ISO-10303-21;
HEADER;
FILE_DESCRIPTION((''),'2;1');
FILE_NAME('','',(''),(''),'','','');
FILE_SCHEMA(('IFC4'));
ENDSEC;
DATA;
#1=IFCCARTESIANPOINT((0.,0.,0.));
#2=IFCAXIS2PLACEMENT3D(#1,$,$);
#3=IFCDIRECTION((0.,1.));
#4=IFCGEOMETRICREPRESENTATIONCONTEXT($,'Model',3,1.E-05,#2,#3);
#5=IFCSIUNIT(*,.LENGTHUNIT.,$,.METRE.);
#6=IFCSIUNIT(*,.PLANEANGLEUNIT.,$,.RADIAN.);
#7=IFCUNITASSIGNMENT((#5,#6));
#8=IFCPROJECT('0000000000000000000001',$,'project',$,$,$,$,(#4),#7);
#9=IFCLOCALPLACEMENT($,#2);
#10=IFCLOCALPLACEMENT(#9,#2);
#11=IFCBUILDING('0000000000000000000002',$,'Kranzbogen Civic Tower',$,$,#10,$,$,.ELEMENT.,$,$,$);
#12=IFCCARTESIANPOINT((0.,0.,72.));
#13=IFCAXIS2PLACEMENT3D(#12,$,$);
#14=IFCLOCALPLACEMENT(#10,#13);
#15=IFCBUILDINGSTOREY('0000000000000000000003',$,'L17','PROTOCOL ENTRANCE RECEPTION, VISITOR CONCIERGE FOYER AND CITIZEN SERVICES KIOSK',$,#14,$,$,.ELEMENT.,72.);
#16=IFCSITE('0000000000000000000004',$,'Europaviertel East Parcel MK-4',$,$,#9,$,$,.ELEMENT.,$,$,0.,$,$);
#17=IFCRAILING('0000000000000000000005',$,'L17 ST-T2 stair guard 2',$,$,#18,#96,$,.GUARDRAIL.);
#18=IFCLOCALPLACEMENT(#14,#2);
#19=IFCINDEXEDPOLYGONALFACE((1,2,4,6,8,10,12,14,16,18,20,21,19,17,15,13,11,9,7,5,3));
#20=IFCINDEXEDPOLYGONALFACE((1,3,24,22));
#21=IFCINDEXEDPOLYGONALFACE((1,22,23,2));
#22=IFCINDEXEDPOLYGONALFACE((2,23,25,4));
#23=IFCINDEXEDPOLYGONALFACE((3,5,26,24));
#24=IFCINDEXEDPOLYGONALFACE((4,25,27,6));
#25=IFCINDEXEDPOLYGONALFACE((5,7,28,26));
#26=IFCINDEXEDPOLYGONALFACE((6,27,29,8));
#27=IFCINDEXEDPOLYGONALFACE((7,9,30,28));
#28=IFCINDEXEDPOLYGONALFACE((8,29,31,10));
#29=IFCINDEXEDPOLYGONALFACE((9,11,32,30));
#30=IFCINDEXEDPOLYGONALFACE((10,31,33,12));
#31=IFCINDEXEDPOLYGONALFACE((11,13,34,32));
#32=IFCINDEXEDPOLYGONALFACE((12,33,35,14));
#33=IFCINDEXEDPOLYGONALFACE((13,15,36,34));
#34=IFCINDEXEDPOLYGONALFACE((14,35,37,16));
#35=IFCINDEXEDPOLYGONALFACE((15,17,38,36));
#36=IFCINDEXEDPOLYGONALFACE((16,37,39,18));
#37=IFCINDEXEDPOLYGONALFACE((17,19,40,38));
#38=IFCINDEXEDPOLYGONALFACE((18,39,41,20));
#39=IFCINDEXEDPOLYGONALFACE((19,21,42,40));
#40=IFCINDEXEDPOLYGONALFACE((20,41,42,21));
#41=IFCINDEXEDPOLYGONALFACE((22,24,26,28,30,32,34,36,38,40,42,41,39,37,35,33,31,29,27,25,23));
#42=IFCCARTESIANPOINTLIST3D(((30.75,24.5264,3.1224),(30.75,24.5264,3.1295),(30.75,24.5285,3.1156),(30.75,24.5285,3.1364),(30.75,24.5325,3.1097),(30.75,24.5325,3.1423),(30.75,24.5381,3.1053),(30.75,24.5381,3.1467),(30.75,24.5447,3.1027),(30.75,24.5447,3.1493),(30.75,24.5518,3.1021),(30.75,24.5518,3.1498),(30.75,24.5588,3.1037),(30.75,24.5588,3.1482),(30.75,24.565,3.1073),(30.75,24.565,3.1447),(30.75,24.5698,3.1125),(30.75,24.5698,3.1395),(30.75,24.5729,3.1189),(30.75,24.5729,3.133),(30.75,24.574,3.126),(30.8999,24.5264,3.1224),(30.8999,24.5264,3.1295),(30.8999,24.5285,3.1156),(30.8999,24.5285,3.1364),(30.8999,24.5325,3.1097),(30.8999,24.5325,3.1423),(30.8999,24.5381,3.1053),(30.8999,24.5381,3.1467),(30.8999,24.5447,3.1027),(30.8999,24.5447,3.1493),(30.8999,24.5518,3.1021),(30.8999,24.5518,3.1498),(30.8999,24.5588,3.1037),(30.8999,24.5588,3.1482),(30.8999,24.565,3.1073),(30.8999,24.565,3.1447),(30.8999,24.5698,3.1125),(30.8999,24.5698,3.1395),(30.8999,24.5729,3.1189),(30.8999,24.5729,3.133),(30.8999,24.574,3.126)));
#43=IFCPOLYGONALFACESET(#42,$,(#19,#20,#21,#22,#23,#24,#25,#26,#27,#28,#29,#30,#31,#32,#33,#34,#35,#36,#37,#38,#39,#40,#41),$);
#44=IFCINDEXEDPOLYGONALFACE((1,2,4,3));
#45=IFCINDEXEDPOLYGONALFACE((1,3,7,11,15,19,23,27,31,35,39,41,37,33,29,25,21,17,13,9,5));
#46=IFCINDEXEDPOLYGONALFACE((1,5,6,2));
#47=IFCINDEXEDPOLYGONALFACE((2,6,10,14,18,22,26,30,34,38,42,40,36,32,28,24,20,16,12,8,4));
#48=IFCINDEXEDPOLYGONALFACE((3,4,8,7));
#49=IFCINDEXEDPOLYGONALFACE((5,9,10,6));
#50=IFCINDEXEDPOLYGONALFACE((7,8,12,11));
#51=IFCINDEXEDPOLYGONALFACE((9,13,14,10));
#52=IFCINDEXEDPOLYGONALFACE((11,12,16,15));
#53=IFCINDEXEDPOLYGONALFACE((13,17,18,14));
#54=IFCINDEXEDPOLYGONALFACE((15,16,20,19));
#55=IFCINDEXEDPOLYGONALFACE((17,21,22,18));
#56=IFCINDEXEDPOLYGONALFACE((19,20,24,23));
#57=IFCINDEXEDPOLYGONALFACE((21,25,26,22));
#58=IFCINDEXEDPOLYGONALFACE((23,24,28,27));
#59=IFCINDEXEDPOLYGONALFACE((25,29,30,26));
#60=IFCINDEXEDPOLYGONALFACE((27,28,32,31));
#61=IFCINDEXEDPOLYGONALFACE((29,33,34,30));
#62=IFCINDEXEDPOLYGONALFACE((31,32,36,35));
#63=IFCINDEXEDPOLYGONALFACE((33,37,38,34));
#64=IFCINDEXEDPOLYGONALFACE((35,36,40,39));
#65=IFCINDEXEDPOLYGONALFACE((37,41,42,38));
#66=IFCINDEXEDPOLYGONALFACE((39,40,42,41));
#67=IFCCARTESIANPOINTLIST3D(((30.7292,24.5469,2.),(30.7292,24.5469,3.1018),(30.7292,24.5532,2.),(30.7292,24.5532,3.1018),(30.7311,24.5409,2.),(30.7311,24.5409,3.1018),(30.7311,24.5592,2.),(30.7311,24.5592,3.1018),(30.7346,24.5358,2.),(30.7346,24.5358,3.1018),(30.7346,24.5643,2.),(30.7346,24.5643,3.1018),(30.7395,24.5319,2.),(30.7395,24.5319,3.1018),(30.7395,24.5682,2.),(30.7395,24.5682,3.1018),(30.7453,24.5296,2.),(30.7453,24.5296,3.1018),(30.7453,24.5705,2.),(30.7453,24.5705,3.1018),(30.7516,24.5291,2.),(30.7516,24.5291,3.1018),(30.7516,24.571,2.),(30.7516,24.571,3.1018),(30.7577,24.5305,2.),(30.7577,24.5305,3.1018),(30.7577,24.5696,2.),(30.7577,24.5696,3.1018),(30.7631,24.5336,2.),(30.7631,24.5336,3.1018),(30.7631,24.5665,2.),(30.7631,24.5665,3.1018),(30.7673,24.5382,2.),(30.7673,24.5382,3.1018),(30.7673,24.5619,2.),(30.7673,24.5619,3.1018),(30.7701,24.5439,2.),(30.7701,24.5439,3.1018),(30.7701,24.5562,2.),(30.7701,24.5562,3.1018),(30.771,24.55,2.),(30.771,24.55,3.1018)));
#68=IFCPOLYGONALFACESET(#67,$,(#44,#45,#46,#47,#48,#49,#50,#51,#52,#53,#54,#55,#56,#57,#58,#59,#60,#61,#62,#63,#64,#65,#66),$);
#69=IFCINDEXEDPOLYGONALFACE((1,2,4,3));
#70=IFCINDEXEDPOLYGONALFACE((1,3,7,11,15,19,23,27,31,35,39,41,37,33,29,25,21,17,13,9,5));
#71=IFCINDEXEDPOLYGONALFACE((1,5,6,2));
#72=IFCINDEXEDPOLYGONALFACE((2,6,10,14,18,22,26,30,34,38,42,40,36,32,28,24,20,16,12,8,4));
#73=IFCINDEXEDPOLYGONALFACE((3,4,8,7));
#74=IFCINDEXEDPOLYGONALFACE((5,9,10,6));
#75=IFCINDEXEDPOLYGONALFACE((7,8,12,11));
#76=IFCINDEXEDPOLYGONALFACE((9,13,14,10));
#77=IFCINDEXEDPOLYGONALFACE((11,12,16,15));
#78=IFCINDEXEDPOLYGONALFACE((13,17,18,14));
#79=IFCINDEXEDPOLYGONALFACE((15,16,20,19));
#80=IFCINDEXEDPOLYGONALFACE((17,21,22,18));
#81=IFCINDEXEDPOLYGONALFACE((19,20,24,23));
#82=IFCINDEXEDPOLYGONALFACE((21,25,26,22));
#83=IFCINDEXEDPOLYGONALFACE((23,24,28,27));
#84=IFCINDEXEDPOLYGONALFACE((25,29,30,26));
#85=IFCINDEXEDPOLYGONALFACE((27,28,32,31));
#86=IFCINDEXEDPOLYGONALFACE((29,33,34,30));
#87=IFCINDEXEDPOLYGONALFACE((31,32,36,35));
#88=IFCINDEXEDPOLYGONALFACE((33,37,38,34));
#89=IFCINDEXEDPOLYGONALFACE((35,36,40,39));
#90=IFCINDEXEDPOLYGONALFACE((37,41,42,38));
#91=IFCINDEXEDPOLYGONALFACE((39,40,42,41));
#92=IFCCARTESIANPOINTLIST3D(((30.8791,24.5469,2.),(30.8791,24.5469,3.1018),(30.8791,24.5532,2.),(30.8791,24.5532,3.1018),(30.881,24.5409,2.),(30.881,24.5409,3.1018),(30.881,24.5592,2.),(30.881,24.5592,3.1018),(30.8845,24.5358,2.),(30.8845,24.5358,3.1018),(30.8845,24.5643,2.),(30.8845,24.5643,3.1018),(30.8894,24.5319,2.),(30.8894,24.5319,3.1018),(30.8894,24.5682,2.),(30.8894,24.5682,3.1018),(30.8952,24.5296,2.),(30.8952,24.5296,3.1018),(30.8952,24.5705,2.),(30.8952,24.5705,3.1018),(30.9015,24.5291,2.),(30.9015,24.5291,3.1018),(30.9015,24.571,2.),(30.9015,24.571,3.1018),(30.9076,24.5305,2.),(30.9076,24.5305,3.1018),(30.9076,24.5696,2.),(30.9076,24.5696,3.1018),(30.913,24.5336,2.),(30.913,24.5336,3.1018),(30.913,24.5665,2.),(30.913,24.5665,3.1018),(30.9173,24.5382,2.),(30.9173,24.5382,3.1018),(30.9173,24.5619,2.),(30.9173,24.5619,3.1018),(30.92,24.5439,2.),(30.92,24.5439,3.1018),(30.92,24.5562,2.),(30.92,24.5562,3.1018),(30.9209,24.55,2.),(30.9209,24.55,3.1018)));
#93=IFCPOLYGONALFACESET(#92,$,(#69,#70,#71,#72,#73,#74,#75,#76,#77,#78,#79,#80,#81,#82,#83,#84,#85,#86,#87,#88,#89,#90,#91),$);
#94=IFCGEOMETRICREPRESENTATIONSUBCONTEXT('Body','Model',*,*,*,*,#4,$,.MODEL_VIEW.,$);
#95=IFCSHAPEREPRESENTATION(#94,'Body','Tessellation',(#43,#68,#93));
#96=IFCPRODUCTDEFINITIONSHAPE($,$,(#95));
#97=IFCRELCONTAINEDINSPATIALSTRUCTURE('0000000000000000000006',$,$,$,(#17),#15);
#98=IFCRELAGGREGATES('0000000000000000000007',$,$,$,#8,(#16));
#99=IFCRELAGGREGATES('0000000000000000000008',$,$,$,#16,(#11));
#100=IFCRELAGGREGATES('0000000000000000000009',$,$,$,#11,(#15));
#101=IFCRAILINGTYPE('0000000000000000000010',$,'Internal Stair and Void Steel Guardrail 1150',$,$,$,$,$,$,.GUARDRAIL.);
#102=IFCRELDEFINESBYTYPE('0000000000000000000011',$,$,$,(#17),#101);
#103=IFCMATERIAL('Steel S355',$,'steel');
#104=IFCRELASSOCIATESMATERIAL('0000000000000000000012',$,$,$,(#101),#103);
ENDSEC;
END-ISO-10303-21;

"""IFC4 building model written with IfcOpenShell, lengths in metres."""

from ifc_helpers import new_model, si_unit, direction, frame, origin, origin_2d, place, context, subcontext, project, spatial, circle, extrude, material, type_object, element, save


model = new_model("IFC4")

# Units and contexts
model_context = context("Model", 3, precision=1e-05, world=origin(), true_north=direction((0.0, 1.0)))
body_context = subcontext(model_context, "Body", "Model", "MODEL_VIEW")
ifc_project = project(units=[si_unit("LENGTHUNIT", "METRE"), si_unit("PLANEANGLEUNIT", "RADIAN")], contexts=[model_context])

# Site, building, storey
site_placement = place(None, origin())
site = spatial("IfcSite", under=ifc_project, at=site_placement, Name="Europaviertel East Parcel MK-4", CompositionType="ELEMENT", RefElevation=0.0)
building_placement = place(site_placement, origin())
building = spatial("IfcBuilding", under=site, at=building_placement, Name="Kranzbogen Civic Tower", CompositionType="ELEMENT")
storey_placement = place(building_placement, frame((0.0, 0.0, 72.0)))
storey = spatial("IfcBuildingStorey", under=building, at=storey_placement, Name="L17", Description="PROTOCOL ENTRANCE RECEPTION, VISITOR CONCIERGE FOYER AND CITIZEN SERVICES KIOSK", CompositionType="ELEMENT", Elevation=72.0)

# Shared definitions
ifc_material_1 = material(Name="Steel S355", Category="steel")

# Railing
railing_type_1 = type_object("IfcRailingType", Name="Internal Stair and Void Steel Guardrail 1150", PredefinedType="GUARDRAIL", material=ifc_material_1)
railing_1_placement = place(storey_placement, frame((30.75, 24.55, 2.0)))
element("IfcRailing", 1, at=railing_1_placement, inside=storey, type_object=railing_type_1, Name="L17 ST-T2 stair guard 2", PredefinedType="GUARDRAIL", context=body_context, shape_type="SweptSolid", body=[
    extrude(circle(Radius=0.0239, at=origin_2d()), frame((0.0, 0.0, 1.126), z_axis=(1.0, 0.0, 0.0), x_axis=(0.0, 1.0, 0.0)), (0.0, 0.0, 1.0), 0.1499),
    extrude(circle(Radius=0.021, at=origin_2d()), origin(), (0.0, 0.0, 1.0), 1.1018),
    extrude(circle(Radius=0.021, at=origin_2d()), frame((0.1499, 0.0, 0.0)), (0.0, 0.0, 1.0), 1.1018),
])

save(model, "model.ifc")
